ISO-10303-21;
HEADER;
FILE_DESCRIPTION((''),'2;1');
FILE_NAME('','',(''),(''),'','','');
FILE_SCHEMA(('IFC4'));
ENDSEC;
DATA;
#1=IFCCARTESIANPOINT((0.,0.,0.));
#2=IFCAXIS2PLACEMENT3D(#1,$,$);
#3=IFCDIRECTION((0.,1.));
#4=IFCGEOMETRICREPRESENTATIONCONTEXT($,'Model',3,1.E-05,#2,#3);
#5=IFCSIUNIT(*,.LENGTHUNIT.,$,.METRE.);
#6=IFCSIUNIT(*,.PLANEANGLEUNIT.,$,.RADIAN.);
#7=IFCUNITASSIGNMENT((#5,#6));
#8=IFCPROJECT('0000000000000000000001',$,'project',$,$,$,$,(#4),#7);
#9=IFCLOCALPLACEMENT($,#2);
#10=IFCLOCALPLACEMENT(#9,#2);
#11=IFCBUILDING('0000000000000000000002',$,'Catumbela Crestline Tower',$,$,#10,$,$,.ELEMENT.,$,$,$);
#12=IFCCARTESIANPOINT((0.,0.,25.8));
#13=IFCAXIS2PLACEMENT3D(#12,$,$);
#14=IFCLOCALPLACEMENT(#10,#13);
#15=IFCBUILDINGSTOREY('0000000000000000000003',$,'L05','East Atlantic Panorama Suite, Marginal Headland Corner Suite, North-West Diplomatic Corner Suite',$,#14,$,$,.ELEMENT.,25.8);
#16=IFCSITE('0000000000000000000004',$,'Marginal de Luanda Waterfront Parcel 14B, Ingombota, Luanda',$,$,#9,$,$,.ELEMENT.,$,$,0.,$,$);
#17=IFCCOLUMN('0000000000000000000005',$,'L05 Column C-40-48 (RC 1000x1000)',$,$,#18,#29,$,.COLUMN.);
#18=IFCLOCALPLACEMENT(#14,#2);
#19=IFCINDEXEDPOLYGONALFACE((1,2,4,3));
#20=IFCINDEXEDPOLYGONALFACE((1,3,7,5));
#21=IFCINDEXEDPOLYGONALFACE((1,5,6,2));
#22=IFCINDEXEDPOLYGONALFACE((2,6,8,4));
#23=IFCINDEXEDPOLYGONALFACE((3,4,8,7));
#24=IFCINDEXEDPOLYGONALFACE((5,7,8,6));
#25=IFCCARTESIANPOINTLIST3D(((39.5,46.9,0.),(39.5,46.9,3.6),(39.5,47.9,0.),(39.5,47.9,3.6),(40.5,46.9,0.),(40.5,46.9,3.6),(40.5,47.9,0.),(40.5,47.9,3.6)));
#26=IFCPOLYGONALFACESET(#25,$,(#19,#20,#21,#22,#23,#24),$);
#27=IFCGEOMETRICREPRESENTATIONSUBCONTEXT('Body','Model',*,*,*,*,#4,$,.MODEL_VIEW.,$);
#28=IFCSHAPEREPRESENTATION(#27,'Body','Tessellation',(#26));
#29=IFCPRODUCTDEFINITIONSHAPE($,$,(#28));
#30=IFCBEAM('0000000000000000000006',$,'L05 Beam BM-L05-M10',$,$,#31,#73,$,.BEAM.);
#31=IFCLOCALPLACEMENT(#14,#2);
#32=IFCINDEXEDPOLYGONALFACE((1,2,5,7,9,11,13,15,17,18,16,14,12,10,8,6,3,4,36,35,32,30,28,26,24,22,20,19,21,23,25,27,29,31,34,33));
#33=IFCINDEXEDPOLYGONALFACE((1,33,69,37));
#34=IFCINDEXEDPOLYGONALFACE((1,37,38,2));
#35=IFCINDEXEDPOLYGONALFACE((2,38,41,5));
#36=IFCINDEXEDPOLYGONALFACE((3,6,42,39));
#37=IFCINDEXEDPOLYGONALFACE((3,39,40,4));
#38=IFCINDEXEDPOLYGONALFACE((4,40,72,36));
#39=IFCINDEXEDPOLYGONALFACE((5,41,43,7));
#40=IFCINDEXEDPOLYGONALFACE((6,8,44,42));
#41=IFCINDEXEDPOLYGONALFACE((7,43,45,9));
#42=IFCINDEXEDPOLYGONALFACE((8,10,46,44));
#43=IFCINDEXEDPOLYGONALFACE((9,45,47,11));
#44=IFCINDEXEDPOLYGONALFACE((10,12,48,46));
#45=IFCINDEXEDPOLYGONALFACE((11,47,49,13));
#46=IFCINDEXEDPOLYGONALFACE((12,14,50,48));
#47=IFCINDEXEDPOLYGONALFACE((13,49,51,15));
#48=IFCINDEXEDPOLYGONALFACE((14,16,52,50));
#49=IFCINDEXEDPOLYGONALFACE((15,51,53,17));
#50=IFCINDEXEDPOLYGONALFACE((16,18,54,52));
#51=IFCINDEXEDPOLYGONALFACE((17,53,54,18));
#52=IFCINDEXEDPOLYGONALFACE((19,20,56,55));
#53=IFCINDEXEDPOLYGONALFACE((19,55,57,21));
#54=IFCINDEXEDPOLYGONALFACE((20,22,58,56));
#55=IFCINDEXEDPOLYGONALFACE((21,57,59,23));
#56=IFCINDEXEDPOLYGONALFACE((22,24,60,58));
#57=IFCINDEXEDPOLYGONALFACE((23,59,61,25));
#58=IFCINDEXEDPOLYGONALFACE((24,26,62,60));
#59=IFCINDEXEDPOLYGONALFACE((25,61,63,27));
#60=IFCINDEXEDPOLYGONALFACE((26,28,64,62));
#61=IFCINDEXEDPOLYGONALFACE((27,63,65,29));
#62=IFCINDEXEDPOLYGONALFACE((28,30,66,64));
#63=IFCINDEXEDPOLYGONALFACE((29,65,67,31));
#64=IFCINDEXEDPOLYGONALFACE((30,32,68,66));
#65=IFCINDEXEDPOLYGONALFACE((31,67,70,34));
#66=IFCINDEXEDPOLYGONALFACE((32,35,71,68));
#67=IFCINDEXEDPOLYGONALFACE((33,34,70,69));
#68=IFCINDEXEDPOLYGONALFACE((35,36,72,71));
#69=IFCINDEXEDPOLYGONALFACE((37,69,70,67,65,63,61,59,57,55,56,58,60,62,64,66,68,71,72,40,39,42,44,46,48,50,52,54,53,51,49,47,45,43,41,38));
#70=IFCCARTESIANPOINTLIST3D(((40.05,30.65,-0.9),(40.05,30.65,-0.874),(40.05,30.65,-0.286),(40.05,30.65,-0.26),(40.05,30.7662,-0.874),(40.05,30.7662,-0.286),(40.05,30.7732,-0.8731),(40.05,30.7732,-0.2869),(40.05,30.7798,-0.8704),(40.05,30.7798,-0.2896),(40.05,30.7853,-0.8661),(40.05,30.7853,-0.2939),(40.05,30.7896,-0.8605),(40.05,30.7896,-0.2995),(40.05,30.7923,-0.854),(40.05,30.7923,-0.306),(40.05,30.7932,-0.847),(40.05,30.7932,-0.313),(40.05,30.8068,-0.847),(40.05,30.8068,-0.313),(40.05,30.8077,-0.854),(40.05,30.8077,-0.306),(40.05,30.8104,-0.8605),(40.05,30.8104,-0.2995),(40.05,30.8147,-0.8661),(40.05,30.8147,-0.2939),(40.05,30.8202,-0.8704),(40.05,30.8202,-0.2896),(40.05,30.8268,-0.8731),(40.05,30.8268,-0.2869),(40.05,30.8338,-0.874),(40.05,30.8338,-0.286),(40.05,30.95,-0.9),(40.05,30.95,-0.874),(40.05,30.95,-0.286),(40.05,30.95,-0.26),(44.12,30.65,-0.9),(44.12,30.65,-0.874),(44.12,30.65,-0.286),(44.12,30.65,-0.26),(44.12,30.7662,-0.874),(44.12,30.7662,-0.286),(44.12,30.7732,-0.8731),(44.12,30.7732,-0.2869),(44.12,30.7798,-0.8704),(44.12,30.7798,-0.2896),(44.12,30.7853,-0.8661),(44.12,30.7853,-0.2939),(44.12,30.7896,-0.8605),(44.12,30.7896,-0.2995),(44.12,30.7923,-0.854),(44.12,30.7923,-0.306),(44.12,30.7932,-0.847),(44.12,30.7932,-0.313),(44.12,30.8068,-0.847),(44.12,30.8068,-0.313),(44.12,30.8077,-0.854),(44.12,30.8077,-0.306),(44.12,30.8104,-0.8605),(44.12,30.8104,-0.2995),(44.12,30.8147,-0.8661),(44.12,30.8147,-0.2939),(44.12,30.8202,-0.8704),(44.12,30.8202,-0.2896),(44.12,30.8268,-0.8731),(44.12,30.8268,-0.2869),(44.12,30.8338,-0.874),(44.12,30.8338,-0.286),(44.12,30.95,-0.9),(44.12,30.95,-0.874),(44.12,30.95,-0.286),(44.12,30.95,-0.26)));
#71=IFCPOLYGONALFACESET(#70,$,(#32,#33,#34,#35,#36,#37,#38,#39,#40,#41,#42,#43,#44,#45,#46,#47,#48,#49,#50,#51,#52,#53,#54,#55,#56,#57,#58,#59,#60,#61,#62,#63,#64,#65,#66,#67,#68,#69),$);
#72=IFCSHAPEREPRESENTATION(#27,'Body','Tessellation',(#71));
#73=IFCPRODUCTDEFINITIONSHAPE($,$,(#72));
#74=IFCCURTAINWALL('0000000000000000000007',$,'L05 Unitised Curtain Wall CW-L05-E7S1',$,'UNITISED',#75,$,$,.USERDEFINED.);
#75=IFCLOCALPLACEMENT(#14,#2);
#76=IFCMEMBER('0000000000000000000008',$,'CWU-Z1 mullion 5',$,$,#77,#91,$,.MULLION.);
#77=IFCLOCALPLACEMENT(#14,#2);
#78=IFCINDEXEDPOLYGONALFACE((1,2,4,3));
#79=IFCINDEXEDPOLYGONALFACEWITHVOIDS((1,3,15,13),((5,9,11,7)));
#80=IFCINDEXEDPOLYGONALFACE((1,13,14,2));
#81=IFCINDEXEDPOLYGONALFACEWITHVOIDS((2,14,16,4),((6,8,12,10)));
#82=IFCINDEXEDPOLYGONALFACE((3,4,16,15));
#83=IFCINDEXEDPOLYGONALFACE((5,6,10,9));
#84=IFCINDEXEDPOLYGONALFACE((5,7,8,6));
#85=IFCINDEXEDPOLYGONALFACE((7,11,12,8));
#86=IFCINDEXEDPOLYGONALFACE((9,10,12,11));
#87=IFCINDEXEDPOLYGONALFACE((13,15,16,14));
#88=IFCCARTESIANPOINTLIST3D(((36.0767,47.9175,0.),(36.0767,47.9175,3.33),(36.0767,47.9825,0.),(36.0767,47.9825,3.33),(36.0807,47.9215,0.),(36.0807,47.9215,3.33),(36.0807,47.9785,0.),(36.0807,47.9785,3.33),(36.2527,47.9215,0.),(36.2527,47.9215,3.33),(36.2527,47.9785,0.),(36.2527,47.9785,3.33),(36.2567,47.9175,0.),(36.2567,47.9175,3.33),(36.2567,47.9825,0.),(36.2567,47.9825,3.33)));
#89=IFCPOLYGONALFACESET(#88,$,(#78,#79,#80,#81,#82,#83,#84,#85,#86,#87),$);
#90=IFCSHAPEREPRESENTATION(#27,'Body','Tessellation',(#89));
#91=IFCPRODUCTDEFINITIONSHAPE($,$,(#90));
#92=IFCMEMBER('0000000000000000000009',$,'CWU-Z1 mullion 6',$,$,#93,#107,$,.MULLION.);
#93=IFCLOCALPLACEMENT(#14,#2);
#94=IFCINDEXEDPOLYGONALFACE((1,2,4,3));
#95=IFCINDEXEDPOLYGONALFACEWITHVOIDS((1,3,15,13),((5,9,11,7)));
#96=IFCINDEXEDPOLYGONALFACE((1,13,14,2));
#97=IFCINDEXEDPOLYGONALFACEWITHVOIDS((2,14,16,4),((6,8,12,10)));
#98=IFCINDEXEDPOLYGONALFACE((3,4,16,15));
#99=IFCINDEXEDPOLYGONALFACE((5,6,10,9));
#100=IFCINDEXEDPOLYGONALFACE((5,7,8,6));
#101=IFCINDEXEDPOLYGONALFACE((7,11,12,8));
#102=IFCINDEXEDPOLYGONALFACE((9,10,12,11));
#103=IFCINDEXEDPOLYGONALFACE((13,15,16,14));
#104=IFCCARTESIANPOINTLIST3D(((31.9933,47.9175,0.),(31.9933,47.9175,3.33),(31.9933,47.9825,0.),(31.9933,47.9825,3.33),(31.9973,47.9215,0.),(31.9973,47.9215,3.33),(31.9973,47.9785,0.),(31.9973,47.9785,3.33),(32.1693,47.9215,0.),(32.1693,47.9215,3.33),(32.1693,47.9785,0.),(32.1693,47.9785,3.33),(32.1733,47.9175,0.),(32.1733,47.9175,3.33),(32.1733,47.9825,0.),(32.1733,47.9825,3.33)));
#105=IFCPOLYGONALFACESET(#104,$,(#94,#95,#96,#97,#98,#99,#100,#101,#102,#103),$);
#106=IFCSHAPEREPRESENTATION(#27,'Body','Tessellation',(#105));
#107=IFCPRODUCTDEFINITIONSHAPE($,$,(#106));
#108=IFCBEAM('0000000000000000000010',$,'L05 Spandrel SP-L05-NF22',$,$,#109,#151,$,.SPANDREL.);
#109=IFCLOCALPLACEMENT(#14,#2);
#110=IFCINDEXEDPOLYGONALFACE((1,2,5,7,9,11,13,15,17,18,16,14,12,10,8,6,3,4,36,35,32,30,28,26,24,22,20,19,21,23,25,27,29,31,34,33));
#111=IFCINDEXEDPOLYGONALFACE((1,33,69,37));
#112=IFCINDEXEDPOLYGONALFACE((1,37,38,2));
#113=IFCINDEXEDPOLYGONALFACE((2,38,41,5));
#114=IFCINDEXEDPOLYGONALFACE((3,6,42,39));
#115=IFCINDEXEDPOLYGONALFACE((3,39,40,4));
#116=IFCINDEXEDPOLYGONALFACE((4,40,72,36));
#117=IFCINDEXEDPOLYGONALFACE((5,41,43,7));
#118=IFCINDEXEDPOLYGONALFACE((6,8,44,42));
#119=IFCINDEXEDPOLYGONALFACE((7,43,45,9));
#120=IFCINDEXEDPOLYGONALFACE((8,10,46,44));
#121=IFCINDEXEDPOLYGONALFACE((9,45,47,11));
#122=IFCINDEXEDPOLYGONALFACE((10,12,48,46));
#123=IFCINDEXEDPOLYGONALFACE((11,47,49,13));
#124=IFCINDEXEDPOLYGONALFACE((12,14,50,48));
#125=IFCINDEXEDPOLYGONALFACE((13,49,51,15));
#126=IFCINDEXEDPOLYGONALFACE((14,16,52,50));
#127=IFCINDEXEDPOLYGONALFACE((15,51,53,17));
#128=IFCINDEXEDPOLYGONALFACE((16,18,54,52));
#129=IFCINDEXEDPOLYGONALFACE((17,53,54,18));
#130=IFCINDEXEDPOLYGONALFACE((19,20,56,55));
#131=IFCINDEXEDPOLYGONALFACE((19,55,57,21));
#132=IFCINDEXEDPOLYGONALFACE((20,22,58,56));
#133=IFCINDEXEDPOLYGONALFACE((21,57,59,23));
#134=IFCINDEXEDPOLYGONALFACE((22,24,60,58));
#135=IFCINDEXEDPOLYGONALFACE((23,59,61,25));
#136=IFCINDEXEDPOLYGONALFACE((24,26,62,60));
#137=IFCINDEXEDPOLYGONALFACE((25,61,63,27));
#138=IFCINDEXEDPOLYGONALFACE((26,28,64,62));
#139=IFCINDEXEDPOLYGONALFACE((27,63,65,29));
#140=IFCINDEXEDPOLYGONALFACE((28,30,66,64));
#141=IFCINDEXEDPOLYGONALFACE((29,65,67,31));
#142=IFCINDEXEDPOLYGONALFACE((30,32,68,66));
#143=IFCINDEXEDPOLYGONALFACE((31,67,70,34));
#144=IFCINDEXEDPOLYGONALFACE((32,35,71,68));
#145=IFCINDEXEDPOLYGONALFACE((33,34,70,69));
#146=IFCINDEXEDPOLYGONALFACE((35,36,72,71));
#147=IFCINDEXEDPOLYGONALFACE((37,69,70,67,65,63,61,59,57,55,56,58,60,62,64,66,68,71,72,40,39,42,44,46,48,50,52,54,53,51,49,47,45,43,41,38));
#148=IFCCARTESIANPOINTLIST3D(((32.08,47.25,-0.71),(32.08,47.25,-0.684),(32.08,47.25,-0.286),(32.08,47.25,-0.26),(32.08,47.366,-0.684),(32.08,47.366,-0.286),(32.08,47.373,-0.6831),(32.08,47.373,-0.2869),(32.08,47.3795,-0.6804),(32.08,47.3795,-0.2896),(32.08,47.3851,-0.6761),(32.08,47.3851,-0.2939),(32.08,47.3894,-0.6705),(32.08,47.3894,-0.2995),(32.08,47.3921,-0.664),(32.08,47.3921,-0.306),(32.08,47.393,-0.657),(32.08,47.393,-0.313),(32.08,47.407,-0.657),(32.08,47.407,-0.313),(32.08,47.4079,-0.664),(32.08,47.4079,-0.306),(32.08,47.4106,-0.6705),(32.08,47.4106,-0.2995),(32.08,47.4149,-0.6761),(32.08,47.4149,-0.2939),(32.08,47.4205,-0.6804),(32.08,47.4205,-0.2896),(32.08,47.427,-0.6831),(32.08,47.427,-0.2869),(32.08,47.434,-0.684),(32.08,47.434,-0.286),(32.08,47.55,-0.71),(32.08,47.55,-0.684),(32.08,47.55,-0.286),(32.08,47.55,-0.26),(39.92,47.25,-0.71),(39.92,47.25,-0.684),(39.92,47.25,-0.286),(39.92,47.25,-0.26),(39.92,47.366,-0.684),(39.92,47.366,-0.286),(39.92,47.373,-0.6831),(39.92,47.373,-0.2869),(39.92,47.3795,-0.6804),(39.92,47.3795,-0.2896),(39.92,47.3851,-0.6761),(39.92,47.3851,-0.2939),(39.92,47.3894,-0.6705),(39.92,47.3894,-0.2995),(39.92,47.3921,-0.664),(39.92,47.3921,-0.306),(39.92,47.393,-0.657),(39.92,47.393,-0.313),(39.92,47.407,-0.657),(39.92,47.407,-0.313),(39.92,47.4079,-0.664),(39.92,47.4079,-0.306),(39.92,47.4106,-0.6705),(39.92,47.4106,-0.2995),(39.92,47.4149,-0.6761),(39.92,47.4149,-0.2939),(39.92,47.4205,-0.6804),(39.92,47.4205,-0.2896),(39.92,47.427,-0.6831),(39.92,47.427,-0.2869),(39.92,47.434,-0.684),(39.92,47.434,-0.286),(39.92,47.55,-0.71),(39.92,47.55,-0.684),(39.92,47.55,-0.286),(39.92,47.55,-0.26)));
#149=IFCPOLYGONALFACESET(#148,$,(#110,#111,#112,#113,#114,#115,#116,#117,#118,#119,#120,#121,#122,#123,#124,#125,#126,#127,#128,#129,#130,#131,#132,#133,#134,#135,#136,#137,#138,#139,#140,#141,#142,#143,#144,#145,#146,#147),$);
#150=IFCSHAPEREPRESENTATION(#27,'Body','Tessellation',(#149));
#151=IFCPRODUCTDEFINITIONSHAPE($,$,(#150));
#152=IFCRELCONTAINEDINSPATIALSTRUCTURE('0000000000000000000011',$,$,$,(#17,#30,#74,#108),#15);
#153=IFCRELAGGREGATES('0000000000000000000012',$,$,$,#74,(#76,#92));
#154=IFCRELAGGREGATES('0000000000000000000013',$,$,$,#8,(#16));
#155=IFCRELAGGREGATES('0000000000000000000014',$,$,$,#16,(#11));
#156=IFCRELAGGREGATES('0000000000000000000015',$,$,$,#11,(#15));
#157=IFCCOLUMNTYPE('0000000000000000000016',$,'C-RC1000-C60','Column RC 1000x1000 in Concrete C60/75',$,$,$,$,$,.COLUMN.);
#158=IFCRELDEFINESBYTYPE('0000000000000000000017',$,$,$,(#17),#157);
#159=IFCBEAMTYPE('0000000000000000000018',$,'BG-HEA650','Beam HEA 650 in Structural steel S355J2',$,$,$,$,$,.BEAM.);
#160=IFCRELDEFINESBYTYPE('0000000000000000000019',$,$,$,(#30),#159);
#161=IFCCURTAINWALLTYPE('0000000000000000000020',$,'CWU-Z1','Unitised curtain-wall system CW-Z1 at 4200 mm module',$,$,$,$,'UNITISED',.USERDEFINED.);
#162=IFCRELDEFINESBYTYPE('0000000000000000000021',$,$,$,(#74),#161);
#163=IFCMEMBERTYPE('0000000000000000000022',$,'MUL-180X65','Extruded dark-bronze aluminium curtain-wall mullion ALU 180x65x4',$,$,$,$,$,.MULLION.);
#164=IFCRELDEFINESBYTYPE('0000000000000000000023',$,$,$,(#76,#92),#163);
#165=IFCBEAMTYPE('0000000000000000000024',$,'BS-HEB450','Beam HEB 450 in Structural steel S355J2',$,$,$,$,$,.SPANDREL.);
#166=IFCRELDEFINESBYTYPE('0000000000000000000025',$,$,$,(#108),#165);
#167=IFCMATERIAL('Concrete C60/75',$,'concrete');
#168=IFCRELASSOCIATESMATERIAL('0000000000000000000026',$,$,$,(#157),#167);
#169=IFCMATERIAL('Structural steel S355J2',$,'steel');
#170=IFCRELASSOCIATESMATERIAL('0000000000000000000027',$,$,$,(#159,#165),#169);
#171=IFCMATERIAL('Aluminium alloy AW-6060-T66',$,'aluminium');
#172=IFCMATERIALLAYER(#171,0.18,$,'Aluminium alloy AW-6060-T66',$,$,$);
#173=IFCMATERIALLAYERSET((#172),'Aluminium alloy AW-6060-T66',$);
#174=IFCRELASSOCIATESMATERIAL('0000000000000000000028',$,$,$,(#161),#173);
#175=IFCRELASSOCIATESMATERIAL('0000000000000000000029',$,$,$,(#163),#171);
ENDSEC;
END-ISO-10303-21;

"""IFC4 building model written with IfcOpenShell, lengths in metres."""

from ifc_helpers import new_model, si_unit, direction, frame, origin, origin_2d, place, context, subcontext, project, spatial, rectangle, hollow_rectangle, i_section, extrude, material, layer, layer_set, material_profile, profile_set, type_object, element, aggregate, save


model = new_model("IFC4")

# Units and contexts
model_context = context("Model", 3, precision=1e-05, world=origin(), true_north=direction((0.0, 1.0)))
body_context = subcontext(model_context, "Body", "Model", "MODEL_VIEW")
ifc_project = project(units=[si_unit("LENGTHUNIT", "METRE"), si_unit("PLANEANGLEUNIT", "RADIAN")], contexts=[model_context])

# Site, building, storey
site_placement = place(None, origin())
site = spatial("IfcSite", under=ifc_project, at=site_placement, Name="Marginal de Luanda Waterfront Parcel 14B, Ingombota, Luanda", CompositionType="ELEMENT", RefElevation=0.0)
building_placement = place(site_placement, origin())
building = spatial("IfcBuilding", under=site, at=building_placement, Name="Catumbela Crestline Tower", CompositionType="ELEMENT")
storey_placement = place(building_placement, frame((0.0, 0.0, 25.8)))
storey = spatial("IfcBuildingStorey", under=building, at=storey_placement, Name="L05", Description="East Atlantic Panorama Suite, Marginal Headland Corner Suite, North-West Diplomatic Corner Suite", CompositionType="ELEMENT", Elevation=25.8)

# Column
ifc_material_1 = material(Name="Concrete C60/75", Category="concrete")
ifc_material_profile_1 = material_profile(ifc_material_1, rectangle(XDim=1.0, YDim=1.0, at=origin_2d()), Name="RC 1000x1000")
ifc_profile_set_1 = profile_set([ifc_material_profile_1], Name="Concrete C60/75")
column_type = type_object("IfcColumnType", Name="C-RC1000-C60", Description="Column RC 1000x1000 in Concrete C60/75", PredefinedType="COLUMN", material=ifc_profile_set_1)
column_placement = place(storey_placement, frame((40.0, 47.4, 0.0), z_axis=(0.0, 0.0, 1.0), x_axis=(1.0, 0.0, 0.0)))
element("IfcColumn", 1, at=column_placement, inside=storey, type_object=column_type, Name="L05 Column C-40-48 (RC 1000x1000)", PredefinedType="COLUMN", context=body_context, shape_type="SweptSolid", body=[
    extrude(rectangle(XDim=1.0, YDim=1.0, at=origin_2d()), origin(), (0.0, 0.0, 1.0), 3.6),
])

# Beam
ifc_material_2 = material(Name="Structural steel S355J2", Category="steel")
ifc_material_profile_2 = material_profile(ifc_material_2, i_section(OverallWidth=0.3, OverallDepth=0.64, WebThickness=0.0135, FlangeThickness=0.026, FilletRadius=0.027, at=origin_2d()), Name="HEA 650")
ifc_profile_set_2 = profile_set([ifc_material_profile_2], Name="Structural steel S355J2")
beam_type_1 = type_object("IfcBeamType", Name="BG-HEA650", Description="Beam HEA 650 in Structural steel S355J2", PredefinedType="BEAM", material=ifc_profile_set_2)
beam_1_placement = place(storey_placement, frame((40.05, 30.8, -0.58), z_axis=(1.0, 0.0, 0.0), x_axis=(0.0, 1.0, 0.0)))
element("IfcBeam", 2, at=beam_1_placement, inside=storey, type_object=beam_type_1, Name="L05 Beam BM-L05-M10", PredefinedType="BEAM", context=body_context, shape_type="SweptSolid", body=[
    extrude(i_section(OverallWidth=0.3, OverallDepth=0.64, WebThickness=0.0135, FlangeThickness=0.026, FilletRadius=0.027, at=origin_2d()), origin(), (0.0, 0.0, 1.0), 4.07),
])

# Curtain wall, members
ifc_material_3 = material(Name="Aluminium alloy AW-6060-T66", Category="aluminium")
ifc_layer_1 = layer(ifc_material_3, 0.18, Name="Aluminium alloy AW-6060-T66")
ifc_layer_set_1 = layer_set([ifc_layer_1], Name="Aluminium alloy AW-6060-T66")
curtain_wall_type = type_object("IfcCurtainWallType", Name="CWU-Z1", Description="Unitised curtain-wall system CW-Z1 at 4200 mm module", ElementType="UNITISED", PredefinedType="USERDEFINED", material=ifc_layer_set_1)
curtain_wall_placement = place(storey_placement, origin())
curtain_wall = element("IfcCurtainWall", 3, at=curtain_wall_placement, inside=storey, type_object=curtain_wall_type, Name="L05 Unitised Curtain Wall CW-L05-E7S1", ObjectType="UNITISED", PredefinedType="USERDEFINED")
ifc_material_profile_3 = material_profile(ifc_material_3, hollow_rectangle(XDim=0.065, YDim=0.18, WallThickness=0.004, at=origin_2d()), Name="ALU 180x65x4")
ifc_profile_set_3 = profile_set([ifc_material_profile_3], Name="Aluminium alloy AW-6060-T66")
member_type_1 = type_object("IfcMemberType", Name="MUL-180X65", Description="Extruded dark-bronze aluminium curtain-wall mullion ALU 180x65x4", PredefinedType="MULLION", material=ifc_profile_set_3)
member_1_placement = place(storey_placement, frame((36.1667, 47.95, 0.0), z_axis=(0.0, 0.0, 1.0), x_axis=(0.0, -1.0, 0.0)))
member_1 = element("IfcMember", 4, at=member_1_placement, type_object=member_type_1, Name="CWU-Z1 mullion 5", PredefinedType="MULLION", context=body_context, shape_type="SweptSolid", body=[
    extrude(hollow_rectangle(XDim=0.065, YDim=0.18, WallThickness=0.004, at=origin_2d()), origin(), (0.0, 0.0, 1.0), 3.33),
])
member_2_placement = place(storey_placement, frame((32.0833, 47.95, 0.0), z_axis=(0.0, 0.0, 1.0), x_axis=(0.0, -1.0, 0.0)))
member_2 = element("IfcMember", 5, at=member_2_placement, type_object=member_type_1, Name="CWU-Z1 mullion 6", PredefinedType="MULLION", context=body_context, shape_type="SweptSolid", body=[
    extrude(hollow_rectangle(XDim=0.065, YDim=0.18, WallThickness=0.004, at=origin_2d()), origin(), (0.0, 0.0, 1.0), 3.33),
])

# Beam
ifc_material_profile_4 = material_profile(ifc_material_2, i_section(OverallWidth=0.3, OverallDepth=0.45, WebThickness=0.014, FlangeThickness=0.026, FilletRadius=0.027, at=origin_2d()), Name="HEB 450")
ifc_profile_set_4 = profile_set([ifc_material_profile_4], Name="Structural steel S355J2")
beam_type_2 = type_object("IfcBeamType", Name="BS-HEB450", Description="Beam HEB 450 in Structural steel S355J2", PredefinedType="SPANDREL", material=ifc_profile_set_4)
beam_2_placement = place(storey_placement, frame((32.08, 47.4, -0.485), z_axis=(1.0, 0.0, 0.0), x_axis=(0.0, 1.0, 0.0)))
element("IfcBeam", 6, at=beam_2_placement, inside=storey, type_object=beam_type_2, Name="L05 Spandrel SP-L05-NF22", PredefinedType="SPANDREL", context=body_context, shape_type="SweptSolid", body=[
    extrude(i_section(OverallWidth=0.3, OverallDepth=0.45, WebThickness=0.014, FlangeThickness=0.026, FilletRadius=0.027, at=origin_2d()), origin(), (0.0, 0.0, 1.0), 7.84),
])

aggregate(curtain_wall, [member_1, member_2])

save(model, "model.ifc")
